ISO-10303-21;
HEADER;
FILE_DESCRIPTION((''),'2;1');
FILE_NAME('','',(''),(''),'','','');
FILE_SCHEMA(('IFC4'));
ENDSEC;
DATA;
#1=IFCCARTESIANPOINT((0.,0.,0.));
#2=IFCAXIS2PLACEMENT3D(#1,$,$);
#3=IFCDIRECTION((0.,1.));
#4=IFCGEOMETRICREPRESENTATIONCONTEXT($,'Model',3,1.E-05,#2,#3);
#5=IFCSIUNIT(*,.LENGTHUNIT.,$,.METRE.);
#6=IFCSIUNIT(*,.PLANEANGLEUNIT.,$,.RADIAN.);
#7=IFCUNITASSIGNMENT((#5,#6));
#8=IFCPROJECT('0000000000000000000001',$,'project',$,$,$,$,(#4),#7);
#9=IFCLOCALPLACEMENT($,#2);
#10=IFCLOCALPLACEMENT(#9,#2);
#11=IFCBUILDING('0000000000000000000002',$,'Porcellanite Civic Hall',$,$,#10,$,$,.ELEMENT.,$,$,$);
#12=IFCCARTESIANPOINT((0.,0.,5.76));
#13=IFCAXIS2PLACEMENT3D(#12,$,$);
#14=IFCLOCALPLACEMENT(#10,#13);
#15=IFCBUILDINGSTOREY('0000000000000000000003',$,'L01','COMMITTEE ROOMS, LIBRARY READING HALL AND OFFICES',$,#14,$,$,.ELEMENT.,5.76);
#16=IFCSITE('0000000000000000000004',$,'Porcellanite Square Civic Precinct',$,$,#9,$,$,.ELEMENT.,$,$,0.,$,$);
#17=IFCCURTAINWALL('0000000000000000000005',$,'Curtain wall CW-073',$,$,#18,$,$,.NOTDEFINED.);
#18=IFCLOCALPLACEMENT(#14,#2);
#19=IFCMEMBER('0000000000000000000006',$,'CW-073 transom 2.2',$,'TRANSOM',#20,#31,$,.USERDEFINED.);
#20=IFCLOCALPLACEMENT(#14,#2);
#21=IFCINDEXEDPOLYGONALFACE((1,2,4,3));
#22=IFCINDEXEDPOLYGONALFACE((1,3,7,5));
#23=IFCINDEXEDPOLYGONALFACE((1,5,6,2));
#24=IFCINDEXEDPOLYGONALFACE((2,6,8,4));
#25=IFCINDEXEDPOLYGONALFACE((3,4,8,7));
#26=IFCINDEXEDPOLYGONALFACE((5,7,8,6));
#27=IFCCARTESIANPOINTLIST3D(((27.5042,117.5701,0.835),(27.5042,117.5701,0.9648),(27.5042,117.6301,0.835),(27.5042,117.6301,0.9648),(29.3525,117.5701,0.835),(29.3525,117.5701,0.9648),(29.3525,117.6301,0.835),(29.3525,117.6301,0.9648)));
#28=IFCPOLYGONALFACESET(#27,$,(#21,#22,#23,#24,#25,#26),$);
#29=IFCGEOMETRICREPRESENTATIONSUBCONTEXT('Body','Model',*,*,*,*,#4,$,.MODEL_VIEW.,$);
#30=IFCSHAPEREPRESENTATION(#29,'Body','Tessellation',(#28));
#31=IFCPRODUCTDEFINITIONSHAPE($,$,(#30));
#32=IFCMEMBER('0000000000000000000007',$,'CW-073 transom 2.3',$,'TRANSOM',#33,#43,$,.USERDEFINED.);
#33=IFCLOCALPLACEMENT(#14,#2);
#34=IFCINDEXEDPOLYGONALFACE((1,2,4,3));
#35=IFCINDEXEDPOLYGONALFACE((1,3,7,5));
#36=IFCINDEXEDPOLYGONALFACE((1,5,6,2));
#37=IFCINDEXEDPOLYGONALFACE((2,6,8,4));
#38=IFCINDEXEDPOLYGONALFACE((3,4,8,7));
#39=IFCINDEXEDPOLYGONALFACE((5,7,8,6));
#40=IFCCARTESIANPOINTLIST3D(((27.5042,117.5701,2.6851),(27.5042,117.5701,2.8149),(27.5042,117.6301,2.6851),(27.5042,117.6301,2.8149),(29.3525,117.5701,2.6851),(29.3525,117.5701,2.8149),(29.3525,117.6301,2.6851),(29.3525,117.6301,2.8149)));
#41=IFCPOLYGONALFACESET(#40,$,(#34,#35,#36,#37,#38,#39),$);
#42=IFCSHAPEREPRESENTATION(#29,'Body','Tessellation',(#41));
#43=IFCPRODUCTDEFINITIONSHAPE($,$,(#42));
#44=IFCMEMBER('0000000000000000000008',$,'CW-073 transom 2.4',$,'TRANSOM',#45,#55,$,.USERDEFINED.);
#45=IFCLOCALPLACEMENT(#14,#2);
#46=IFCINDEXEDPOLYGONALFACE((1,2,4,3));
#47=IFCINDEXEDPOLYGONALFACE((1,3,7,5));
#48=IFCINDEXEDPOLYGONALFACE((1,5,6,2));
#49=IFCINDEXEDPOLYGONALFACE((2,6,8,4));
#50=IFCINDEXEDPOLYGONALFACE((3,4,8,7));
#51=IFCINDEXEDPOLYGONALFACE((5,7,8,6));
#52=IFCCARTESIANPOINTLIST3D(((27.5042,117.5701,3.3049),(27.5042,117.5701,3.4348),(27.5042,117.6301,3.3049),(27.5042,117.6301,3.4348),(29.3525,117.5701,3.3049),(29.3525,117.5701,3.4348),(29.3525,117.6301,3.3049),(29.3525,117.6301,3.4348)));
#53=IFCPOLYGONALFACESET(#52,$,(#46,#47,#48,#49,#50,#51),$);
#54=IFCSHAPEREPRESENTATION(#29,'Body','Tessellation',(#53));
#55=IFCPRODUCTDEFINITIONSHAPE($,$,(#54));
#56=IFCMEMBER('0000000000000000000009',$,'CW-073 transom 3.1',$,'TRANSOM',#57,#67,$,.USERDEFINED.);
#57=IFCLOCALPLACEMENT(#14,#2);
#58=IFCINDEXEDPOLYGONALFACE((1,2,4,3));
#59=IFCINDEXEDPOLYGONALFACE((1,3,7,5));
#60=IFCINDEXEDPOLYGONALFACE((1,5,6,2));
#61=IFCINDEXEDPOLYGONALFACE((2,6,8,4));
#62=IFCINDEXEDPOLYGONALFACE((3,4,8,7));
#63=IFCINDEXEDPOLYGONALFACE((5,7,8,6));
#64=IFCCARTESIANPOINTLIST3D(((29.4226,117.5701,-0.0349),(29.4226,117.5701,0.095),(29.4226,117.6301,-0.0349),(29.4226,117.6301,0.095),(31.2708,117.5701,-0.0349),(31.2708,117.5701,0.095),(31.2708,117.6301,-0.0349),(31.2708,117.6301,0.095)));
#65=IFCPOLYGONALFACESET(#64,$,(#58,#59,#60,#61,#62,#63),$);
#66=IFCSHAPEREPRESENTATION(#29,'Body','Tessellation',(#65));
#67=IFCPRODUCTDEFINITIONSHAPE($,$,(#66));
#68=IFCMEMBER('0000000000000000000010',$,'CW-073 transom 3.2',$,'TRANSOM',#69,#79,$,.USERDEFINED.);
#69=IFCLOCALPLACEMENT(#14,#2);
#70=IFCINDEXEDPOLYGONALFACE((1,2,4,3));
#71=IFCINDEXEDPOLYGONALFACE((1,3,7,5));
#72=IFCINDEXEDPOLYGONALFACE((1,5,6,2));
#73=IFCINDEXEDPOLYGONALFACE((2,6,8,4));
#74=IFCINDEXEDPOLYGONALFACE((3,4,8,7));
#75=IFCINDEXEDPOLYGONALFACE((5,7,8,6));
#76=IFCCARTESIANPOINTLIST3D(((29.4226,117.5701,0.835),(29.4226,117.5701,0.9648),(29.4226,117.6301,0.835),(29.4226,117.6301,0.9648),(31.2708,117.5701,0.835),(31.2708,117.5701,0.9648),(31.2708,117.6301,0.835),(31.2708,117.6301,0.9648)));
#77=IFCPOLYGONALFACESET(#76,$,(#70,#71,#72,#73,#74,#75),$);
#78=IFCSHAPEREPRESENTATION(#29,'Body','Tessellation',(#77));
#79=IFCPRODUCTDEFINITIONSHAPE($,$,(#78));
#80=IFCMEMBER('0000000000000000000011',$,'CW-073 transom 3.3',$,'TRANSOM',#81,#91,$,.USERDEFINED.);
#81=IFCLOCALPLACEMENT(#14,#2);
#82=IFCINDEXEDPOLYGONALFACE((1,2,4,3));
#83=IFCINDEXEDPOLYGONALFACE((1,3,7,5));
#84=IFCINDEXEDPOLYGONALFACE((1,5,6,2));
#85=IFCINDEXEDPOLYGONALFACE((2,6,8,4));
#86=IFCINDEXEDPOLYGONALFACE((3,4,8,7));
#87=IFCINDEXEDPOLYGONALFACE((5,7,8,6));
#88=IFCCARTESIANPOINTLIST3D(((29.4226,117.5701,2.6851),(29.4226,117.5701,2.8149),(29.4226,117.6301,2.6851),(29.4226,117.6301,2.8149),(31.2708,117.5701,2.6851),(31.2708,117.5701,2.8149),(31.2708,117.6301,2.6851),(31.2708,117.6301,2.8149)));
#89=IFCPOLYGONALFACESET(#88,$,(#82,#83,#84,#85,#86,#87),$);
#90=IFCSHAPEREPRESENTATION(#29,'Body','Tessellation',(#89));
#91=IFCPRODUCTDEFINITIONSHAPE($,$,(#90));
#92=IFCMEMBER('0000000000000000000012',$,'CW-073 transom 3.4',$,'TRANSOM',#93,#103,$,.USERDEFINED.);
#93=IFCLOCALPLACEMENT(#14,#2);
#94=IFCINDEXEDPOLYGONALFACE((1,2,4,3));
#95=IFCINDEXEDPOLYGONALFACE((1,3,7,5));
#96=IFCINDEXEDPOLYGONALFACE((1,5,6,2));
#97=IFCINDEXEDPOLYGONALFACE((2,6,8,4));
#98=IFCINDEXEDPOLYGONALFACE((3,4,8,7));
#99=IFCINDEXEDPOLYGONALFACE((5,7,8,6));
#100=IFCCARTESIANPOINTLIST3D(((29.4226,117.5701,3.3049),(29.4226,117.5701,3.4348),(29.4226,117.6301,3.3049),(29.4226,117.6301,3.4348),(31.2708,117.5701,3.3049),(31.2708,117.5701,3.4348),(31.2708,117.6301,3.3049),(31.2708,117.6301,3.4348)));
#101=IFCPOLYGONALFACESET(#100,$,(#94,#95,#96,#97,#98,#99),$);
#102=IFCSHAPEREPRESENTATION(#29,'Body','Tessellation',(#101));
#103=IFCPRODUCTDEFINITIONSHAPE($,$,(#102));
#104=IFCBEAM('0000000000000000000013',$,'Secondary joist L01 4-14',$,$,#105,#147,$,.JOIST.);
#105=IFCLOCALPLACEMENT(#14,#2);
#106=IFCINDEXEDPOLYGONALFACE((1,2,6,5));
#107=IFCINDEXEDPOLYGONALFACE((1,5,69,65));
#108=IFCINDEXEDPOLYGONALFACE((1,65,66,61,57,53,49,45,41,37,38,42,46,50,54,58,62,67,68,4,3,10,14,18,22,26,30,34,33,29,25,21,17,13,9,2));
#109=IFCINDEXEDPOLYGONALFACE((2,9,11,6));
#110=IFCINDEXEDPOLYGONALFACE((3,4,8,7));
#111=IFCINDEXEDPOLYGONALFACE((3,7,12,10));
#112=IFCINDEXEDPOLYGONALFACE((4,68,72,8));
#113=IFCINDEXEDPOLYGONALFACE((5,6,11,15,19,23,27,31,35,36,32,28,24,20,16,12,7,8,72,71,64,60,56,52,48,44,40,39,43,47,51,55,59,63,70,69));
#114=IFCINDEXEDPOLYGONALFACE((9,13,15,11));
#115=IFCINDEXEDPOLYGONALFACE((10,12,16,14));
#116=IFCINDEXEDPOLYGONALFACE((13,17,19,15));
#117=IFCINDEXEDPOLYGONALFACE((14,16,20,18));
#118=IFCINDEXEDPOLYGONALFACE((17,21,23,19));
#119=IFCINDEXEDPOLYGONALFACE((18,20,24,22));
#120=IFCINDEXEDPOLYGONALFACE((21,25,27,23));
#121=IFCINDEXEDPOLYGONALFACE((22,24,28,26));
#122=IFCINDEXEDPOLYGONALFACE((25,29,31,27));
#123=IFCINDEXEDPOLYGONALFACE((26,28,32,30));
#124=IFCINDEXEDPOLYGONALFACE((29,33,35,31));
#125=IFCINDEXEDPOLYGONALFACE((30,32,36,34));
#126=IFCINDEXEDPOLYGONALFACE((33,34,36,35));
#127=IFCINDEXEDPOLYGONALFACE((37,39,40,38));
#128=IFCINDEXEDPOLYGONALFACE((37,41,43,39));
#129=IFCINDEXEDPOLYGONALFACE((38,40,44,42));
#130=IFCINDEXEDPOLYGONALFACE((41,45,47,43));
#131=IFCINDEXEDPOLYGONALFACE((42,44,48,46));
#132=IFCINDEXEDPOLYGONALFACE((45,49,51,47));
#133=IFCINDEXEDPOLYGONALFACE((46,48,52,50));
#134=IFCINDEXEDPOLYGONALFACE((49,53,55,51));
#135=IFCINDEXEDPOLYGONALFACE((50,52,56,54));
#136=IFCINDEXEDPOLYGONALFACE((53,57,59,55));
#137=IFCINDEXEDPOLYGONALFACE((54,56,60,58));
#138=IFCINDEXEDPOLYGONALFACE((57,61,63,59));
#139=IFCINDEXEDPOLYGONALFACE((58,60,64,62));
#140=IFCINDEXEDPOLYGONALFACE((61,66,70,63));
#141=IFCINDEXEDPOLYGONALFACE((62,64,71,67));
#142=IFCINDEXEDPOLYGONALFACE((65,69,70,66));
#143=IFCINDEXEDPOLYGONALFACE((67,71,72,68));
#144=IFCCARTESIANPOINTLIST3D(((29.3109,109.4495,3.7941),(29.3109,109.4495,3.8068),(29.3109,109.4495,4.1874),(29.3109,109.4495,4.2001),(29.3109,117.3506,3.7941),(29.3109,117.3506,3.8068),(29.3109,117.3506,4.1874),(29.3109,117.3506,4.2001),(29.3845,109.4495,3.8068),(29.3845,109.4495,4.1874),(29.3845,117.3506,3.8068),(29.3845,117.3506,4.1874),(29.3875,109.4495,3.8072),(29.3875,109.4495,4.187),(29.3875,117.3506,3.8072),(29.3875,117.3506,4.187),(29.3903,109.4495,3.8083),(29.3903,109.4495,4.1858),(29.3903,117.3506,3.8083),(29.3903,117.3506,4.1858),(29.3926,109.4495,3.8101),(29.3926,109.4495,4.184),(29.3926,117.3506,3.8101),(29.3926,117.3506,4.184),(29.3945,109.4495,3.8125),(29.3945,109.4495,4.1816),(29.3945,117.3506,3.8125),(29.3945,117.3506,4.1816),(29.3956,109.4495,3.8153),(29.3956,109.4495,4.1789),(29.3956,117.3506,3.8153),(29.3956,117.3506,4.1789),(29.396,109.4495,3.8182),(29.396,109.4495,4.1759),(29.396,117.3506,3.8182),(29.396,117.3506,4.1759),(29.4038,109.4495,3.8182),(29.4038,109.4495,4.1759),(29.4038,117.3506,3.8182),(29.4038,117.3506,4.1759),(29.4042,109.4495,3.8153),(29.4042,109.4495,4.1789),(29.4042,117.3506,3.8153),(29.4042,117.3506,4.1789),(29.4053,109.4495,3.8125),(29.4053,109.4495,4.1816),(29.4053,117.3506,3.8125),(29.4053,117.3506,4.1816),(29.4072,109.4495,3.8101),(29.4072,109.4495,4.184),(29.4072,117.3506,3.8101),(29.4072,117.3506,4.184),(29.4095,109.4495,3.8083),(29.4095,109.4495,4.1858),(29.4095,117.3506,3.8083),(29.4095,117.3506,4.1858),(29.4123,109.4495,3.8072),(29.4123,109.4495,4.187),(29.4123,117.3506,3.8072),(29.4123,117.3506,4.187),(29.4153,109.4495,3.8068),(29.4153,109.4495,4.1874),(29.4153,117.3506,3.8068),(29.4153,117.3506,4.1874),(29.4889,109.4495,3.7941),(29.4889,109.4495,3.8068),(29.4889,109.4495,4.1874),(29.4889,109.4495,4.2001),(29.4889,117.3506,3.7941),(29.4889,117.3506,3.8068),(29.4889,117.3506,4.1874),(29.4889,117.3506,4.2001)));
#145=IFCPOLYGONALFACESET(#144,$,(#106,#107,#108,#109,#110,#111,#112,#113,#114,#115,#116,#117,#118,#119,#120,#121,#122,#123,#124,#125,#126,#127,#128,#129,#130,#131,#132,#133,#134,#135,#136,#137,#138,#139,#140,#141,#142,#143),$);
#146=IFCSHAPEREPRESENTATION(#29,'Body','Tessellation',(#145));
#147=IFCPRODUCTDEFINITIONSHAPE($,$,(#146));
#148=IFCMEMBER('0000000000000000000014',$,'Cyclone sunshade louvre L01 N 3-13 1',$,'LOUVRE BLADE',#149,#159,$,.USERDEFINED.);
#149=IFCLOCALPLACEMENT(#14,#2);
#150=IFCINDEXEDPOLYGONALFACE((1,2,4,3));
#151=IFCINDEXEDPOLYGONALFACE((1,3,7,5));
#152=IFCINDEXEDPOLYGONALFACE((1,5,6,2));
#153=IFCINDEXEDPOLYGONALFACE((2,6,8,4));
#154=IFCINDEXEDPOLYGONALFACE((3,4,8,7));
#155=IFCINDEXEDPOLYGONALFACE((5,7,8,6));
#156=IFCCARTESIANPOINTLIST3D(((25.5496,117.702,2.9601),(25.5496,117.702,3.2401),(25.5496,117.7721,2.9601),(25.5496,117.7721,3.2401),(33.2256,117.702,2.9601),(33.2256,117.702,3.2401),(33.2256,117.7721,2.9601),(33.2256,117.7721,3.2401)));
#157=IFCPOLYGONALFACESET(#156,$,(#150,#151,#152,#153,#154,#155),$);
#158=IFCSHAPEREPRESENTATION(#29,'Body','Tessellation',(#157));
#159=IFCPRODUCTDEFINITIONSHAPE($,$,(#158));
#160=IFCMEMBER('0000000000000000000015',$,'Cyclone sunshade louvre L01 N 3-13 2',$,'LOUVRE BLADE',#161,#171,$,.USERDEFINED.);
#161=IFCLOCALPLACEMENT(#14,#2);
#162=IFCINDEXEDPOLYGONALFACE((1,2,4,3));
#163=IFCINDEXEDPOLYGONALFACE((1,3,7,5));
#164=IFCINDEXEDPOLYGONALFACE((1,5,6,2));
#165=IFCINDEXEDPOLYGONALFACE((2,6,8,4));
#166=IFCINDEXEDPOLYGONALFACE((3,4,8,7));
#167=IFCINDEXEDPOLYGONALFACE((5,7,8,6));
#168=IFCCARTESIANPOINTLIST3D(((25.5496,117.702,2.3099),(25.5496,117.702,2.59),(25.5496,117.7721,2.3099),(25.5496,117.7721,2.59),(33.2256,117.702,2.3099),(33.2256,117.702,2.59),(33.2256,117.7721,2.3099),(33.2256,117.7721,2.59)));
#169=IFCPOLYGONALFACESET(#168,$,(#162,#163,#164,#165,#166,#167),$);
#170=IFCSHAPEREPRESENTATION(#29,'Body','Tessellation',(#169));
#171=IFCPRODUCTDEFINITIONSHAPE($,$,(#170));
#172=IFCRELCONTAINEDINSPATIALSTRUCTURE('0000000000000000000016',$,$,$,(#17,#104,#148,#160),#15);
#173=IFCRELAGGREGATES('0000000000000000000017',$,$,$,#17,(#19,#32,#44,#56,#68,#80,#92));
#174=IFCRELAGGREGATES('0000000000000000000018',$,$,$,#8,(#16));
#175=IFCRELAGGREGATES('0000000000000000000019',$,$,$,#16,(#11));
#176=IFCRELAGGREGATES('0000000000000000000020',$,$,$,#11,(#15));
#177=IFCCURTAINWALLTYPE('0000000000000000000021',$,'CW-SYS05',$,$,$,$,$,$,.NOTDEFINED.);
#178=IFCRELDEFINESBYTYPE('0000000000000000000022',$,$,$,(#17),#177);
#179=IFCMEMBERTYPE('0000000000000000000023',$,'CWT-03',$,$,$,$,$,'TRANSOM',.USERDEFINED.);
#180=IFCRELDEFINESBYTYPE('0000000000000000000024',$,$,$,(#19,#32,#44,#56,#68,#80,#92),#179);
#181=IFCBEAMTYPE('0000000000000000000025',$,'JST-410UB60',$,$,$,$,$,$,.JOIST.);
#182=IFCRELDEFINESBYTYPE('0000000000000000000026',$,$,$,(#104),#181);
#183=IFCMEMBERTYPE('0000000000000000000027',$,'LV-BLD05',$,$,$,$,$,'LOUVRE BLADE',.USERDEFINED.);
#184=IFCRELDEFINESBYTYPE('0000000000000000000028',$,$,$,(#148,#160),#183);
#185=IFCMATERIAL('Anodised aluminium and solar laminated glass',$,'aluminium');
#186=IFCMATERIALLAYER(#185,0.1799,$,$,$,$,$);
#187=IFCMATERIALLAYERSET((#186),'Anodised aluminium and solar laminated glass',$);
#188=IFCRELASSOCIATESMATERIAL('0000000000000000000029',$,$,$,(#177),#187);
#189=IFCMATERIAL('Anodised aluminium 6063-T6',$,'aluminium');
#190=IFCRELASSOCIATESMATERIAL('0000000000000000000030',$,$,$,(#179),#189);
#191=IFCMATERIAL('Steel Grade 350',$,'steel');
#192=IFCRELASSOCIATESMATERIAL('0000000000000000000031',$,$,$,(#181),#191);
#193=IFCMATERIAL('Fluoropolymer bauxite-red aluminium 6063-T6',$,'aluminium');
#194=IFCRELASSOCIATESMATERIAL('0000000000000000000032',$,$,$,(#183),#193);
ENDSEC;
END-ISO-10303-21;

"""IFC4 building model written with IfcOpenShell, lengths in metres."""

from ifc_helpers import new_model, si_unit, direction, frame, origin, origin_2d, place, context, subcontext, project, spatial, rectangle, i_section, extrude, material, layer, layer_set, material_profile, profile_set, type_object, element, aggregate, save


model = new_model("IFC4")

# Units and contexts
model_context = context("Model", 3, precision=1e-05, world=origin(), true_north=direction((0.0, 1.0)))
body_context = subcontext(model_context, "Body", "Model", "MODEL_VIEW")
ifc_project = project(units=[si_unit("LENGTHUNIT", "METRE"), si_unit("PLANEANGLEUNIT", "RADIAN")], contexts=[model_context])

# Site, building, storey
site_placement = place(None, origin())
site = spatial("IfcSite", under=ifc_project, at=site_placement, Name="Porcellanite Square Civic Precinct", CompositionType="ELEMENT", RefElevation=0.0)
building_placement = place(site_placement, origin())
building = spatial("IfcBuilding", under=site, at=building_placement, Name="Porcellanite Civic Hall", CompositionType="ELEMENT")
storey_placement = place(building_placement, frame((0.0, 0.0, 5.76)))
storey = spatial("IfcBuildingStorey", under=building, at=storey_placement, Name="L01", Description="COMMITTEE ROOMS, LIBRARY READING HALL AND OFFICES", CompositionType="ELEMENT", Elevation=5.76)

# Shared definitions
ifc_material_1 = material(Name="Anodised aluminium and solar laminated glass", Category="aluminium")
ifc_layer_1 = layer(ifc_material_1, 0.1799)
ifc_layer_set_1 = layer_set([ifc_layer_1], Name="Anodised aluminium and solar laminated glass")
curtain_wall_type = type_object("IfcCurtainWallType", Name="CW-SYS05", PredefinedType="NOTDEFINED", material=ifc_layer_set_1)

# Curtain wall, members
curtain_wall_1_placement = place(storey_placement, origin())
curtain_wall_1 = element("IfcCurtainWall", 1, at=curtain_wall_1_placement, inside=storey, type_object=curtain_wall_type, Name="Curtain wall CW-073", PredefinedType="NOTDEFINED")
ifc_material_2 = material(Name="Anodised aluminium 6063-T6", Category="aluminium")
ifc_material_profile_1 = material_profile(ifc_material_2, rectangle(XDim=0.0601, YDim=0.1299, at=origin_2d()), Name="AL-60x130")
ifc_profile_set_1 = profile_set([ifc_material_profile_1], Name="Anodised aluminium 6063-T6")
member_type_1 = type_object("IfcMemberType", Name="CWT-03", ElementType="TRANSOM", PredefinedType="USERDEFINED", material=ifc_profile_set_1)
member_1_placement = place(storey_placement, frame((27.5042, 117.6001, 0.8999), z_axis=(1.0, 0.0, 0.0), x_axis=(0.0, 1.0, 0.0)))
member_1 = element("IfcMember", 2, at=member_1_placement, type_object=member_type_1, Name="CW-073 transom 2.2", ObjectType="TRANSOM", PredefinedType="USERDEFINED", context=body_context, shape_type="SweptSolid", body=[
    extrude(rectangle(XDim=0.0601, YDim=0.1299, at=origin_2d()), origin(), (0.0, 0.0, 1.0), 1.8484),
])
member_2_placement = place(storey_placement, frame((27.5042, 117.6001, 2.75), z_axis=(1.0, 0.0, 0.0), x_axis=(0.0, 1.0, 0.0)))
member_2 = element("IfcMember", 3, at=member_2_placement, type_object=member_type_1, Name="CW-073 transom 2.3", ObjectType="TRANSOM", PredefinedType="USERDEFINED", context=body_context, shape_type="SweptSolid", body=[
    extrude(rectangle(XDim=0.0601, YDim=0.1299, at=origin_2d()), origin(), (0.0, 0.0, 1.0), 1.8484),
])
member_3_placement = place(storey_placement, frame((27.5042, 117.6001, 3.3699), z_axis=(1.0, 0.0, 0.0), x_axis=(0.0, 1.0, 0.0)))
member_3 = element("IfcMember", 4, at=member_3_placement, type_object=member_type_1, Name="CW-073 transom 2.4", ObjectType="TRANSOM", PredefinedType="USERDEFINED", context=body_context, shape_type="SweptSolid", body=[
    extrude(rectangle(XDim=0.0601, YDim=0.1299, at=origin_2d()), origin(), (0.0, 0.0, 1.0), 1.8484),
])
member_4_placement = place(storey_placement, frame((29.4226, 117.6001, 0.03), z_axis=(1.0, 0.0, 0.0), x_axis=(0.0, 1.0, 0.0)))
member_4 = element("IfcMember", 5, at=member_4_placement, type_object=member_type_1, Name="CW-073 transom 3.1", ObjectType="TRANSOM", PredefinedType="USERDEFINED", context=body_context, shape_type="SweptSolid", body=[
    extrude(rectangle(XDim=0.0601, YDim=0.1299, at=origin_2d()), origin(), (0.0, 0.0, 1.0), 1.8481),
])
member_5_placement = place(storey_placement, frame((29.4226, 117.6001, 0.8999), z_axis=(1.0, 0.0, 0.0), x_axis=(0.0, 1.0, 0.0)))
member_5 = element("IfcMember", 6, at=member_5_placement, type_object=member_type_1, Name="CW-073 transom 3.2", ObjectType="TRANSOM", PredefinedType="USERDEFINED", context=body_context, shape_type="SweptSolid", body=[
    extrude(rectangle(XDim=0.0601, YDim=0.1299, at=origin_2d()), origin(), (0.0, 0.0, 1.0), 1.8481),
])
member_6_placement = place(storey_placement, frame((29.4226, 117.6001, 2.75), z_axis=(1.0, 0.0, 0.0), x_axis=(0.0, 1.0, 0.0)))
member_6 = element("IfcMember", 7, at=member_6_placement, type_object=member_type_1, Name="CW-073 transom 3.3", ObjectType="TRANSOM", PredefinedType="USERDEFINED", context=body_context, shape_type="SweptSolid", body=[
    extrude(rectangle(XDim=0.0601, YDim=0.1299, at=origin_2d()), origin(), (0.0, 0.0, 1.0), 1.8481),
])
member_7_placement = place(storey_placement, frame((29.4226, 117.6001, 3.3699), z_axis=(1.0, 0.0, 0.0), x_axis=(0.0, 1.0, 0.0)))
member_7 = element("IfcMember", 8, at=member_7_placement, type_object=member_type_1, Name="CW-073 transom 3.4", ObjectType="TRANSOM", PredefinedType="USERDEFINED", context=body_context, shape_type="SweptSolid", body=[
    extrude(rectangle(XDim=0.0601, YDim=0.1299, at=origin_2d()), origin(), (0.0, 0.0, 1.0), 1.8481),
])

# Beam
ifc_material_3 = material(Name="Steel Grade 350", Category="steel")
ifc_material_profile_2 = material_profile(ifc_material_3, i_section(OverallWidth=0.178, OverallDepth=0.406, WebThickness=0.0078, FlangeThickness=0.0127, FilletRadius=0.0115, at=origin_2d()), Name="410UB59.7")
ifc_profile_set_2 = profile_set([ifc_material_profile_2], Name="Steel Grade 350")
beam_type_1 = type_object("IfcBeamType", Name="JST-410UB60", PredefinedType="JOIST", material=ifc_profile_set_2)
beam_1_placement = place(storey_placement, frame((29.3999, 109.4495, 3.9971), z_axis=(0.0, 1.0, 0.0), x_axis=(-1.0, 0.0, 0.0)))
element("IfcBeam", 9, at=beam_1_placement, inside=storey, type_object=beam_type_1, Name="Secondary joist L01 4-14", PredefinedType="JOIST", context=body_context, shape_type="SweptSolid", body=[
    extrude(i_section(OverallWidth=0.178, OverallDepth=0.406, WebThickness=0.0078, FlangeThickness=0.0127, FilletRadius=0.0115, at=origin_2d()), origin(), (0.0, 0.0, 1.0), 7.9011),
])

# Members
ifc_material_4 = material(Name="Fluoropolymer bauxite-red aluminium 6063-T6", Category="aluminium")
ifc_material_profile_3 = material_profile(ifc_material_4, rectangle(XDim=0.0701, YDim=0.28, at=origin_2d()), Name="AL-70x280")
ifc_profile_set_3 = profile_set([ifc_material_profile_3], Name="Fluoropolymer bauxite-red aluminium 6063-T6")
member_type_2 = type_object("IfcMemberType", Name="LV-BLD05", ElementType="LOUVRE BLADE", PredefinedType="USERDEFINED", material=ifc_profile_set_3)
for number, where, z_axis, x_axis, name in (
    (10, (25.5496, 117.7371, 3.1001), (1.0, 0.0, 0.0), (0.0, 1.0, 0.0), "Cyclone sunshade louvre L01 N 3-13 1"),
    (11, (25.5496, 117.7371, 2.45), (1.0, 0.0, 0.0), (0.0, 1.0, 0.0), "Cyclone sunshade louvre L01 N 3-13 2"),
):
    element("IfcMember", number, at=place(storey_placement, frame(where, z_axis=z_axis, x_axis=x_axis)), inside=storey, type_object=member_type_2, Name=name, ObjectType="LOUVRE BLADE", PredefinedType="USERDEFINED", context=body_context, shape_type="SweptSolid", body=[
        extrude(rectangle(XDim=0.0701, YDim=0.28, at=origin_2d()), origin(), (0.0, 0.0, 1.0), 7.676),
    ])

aggregate(curtain_wall_1, [member_1, member_2, member_3, member_4, member_5, member_6, member_7])

save(model, "model.ifc")
